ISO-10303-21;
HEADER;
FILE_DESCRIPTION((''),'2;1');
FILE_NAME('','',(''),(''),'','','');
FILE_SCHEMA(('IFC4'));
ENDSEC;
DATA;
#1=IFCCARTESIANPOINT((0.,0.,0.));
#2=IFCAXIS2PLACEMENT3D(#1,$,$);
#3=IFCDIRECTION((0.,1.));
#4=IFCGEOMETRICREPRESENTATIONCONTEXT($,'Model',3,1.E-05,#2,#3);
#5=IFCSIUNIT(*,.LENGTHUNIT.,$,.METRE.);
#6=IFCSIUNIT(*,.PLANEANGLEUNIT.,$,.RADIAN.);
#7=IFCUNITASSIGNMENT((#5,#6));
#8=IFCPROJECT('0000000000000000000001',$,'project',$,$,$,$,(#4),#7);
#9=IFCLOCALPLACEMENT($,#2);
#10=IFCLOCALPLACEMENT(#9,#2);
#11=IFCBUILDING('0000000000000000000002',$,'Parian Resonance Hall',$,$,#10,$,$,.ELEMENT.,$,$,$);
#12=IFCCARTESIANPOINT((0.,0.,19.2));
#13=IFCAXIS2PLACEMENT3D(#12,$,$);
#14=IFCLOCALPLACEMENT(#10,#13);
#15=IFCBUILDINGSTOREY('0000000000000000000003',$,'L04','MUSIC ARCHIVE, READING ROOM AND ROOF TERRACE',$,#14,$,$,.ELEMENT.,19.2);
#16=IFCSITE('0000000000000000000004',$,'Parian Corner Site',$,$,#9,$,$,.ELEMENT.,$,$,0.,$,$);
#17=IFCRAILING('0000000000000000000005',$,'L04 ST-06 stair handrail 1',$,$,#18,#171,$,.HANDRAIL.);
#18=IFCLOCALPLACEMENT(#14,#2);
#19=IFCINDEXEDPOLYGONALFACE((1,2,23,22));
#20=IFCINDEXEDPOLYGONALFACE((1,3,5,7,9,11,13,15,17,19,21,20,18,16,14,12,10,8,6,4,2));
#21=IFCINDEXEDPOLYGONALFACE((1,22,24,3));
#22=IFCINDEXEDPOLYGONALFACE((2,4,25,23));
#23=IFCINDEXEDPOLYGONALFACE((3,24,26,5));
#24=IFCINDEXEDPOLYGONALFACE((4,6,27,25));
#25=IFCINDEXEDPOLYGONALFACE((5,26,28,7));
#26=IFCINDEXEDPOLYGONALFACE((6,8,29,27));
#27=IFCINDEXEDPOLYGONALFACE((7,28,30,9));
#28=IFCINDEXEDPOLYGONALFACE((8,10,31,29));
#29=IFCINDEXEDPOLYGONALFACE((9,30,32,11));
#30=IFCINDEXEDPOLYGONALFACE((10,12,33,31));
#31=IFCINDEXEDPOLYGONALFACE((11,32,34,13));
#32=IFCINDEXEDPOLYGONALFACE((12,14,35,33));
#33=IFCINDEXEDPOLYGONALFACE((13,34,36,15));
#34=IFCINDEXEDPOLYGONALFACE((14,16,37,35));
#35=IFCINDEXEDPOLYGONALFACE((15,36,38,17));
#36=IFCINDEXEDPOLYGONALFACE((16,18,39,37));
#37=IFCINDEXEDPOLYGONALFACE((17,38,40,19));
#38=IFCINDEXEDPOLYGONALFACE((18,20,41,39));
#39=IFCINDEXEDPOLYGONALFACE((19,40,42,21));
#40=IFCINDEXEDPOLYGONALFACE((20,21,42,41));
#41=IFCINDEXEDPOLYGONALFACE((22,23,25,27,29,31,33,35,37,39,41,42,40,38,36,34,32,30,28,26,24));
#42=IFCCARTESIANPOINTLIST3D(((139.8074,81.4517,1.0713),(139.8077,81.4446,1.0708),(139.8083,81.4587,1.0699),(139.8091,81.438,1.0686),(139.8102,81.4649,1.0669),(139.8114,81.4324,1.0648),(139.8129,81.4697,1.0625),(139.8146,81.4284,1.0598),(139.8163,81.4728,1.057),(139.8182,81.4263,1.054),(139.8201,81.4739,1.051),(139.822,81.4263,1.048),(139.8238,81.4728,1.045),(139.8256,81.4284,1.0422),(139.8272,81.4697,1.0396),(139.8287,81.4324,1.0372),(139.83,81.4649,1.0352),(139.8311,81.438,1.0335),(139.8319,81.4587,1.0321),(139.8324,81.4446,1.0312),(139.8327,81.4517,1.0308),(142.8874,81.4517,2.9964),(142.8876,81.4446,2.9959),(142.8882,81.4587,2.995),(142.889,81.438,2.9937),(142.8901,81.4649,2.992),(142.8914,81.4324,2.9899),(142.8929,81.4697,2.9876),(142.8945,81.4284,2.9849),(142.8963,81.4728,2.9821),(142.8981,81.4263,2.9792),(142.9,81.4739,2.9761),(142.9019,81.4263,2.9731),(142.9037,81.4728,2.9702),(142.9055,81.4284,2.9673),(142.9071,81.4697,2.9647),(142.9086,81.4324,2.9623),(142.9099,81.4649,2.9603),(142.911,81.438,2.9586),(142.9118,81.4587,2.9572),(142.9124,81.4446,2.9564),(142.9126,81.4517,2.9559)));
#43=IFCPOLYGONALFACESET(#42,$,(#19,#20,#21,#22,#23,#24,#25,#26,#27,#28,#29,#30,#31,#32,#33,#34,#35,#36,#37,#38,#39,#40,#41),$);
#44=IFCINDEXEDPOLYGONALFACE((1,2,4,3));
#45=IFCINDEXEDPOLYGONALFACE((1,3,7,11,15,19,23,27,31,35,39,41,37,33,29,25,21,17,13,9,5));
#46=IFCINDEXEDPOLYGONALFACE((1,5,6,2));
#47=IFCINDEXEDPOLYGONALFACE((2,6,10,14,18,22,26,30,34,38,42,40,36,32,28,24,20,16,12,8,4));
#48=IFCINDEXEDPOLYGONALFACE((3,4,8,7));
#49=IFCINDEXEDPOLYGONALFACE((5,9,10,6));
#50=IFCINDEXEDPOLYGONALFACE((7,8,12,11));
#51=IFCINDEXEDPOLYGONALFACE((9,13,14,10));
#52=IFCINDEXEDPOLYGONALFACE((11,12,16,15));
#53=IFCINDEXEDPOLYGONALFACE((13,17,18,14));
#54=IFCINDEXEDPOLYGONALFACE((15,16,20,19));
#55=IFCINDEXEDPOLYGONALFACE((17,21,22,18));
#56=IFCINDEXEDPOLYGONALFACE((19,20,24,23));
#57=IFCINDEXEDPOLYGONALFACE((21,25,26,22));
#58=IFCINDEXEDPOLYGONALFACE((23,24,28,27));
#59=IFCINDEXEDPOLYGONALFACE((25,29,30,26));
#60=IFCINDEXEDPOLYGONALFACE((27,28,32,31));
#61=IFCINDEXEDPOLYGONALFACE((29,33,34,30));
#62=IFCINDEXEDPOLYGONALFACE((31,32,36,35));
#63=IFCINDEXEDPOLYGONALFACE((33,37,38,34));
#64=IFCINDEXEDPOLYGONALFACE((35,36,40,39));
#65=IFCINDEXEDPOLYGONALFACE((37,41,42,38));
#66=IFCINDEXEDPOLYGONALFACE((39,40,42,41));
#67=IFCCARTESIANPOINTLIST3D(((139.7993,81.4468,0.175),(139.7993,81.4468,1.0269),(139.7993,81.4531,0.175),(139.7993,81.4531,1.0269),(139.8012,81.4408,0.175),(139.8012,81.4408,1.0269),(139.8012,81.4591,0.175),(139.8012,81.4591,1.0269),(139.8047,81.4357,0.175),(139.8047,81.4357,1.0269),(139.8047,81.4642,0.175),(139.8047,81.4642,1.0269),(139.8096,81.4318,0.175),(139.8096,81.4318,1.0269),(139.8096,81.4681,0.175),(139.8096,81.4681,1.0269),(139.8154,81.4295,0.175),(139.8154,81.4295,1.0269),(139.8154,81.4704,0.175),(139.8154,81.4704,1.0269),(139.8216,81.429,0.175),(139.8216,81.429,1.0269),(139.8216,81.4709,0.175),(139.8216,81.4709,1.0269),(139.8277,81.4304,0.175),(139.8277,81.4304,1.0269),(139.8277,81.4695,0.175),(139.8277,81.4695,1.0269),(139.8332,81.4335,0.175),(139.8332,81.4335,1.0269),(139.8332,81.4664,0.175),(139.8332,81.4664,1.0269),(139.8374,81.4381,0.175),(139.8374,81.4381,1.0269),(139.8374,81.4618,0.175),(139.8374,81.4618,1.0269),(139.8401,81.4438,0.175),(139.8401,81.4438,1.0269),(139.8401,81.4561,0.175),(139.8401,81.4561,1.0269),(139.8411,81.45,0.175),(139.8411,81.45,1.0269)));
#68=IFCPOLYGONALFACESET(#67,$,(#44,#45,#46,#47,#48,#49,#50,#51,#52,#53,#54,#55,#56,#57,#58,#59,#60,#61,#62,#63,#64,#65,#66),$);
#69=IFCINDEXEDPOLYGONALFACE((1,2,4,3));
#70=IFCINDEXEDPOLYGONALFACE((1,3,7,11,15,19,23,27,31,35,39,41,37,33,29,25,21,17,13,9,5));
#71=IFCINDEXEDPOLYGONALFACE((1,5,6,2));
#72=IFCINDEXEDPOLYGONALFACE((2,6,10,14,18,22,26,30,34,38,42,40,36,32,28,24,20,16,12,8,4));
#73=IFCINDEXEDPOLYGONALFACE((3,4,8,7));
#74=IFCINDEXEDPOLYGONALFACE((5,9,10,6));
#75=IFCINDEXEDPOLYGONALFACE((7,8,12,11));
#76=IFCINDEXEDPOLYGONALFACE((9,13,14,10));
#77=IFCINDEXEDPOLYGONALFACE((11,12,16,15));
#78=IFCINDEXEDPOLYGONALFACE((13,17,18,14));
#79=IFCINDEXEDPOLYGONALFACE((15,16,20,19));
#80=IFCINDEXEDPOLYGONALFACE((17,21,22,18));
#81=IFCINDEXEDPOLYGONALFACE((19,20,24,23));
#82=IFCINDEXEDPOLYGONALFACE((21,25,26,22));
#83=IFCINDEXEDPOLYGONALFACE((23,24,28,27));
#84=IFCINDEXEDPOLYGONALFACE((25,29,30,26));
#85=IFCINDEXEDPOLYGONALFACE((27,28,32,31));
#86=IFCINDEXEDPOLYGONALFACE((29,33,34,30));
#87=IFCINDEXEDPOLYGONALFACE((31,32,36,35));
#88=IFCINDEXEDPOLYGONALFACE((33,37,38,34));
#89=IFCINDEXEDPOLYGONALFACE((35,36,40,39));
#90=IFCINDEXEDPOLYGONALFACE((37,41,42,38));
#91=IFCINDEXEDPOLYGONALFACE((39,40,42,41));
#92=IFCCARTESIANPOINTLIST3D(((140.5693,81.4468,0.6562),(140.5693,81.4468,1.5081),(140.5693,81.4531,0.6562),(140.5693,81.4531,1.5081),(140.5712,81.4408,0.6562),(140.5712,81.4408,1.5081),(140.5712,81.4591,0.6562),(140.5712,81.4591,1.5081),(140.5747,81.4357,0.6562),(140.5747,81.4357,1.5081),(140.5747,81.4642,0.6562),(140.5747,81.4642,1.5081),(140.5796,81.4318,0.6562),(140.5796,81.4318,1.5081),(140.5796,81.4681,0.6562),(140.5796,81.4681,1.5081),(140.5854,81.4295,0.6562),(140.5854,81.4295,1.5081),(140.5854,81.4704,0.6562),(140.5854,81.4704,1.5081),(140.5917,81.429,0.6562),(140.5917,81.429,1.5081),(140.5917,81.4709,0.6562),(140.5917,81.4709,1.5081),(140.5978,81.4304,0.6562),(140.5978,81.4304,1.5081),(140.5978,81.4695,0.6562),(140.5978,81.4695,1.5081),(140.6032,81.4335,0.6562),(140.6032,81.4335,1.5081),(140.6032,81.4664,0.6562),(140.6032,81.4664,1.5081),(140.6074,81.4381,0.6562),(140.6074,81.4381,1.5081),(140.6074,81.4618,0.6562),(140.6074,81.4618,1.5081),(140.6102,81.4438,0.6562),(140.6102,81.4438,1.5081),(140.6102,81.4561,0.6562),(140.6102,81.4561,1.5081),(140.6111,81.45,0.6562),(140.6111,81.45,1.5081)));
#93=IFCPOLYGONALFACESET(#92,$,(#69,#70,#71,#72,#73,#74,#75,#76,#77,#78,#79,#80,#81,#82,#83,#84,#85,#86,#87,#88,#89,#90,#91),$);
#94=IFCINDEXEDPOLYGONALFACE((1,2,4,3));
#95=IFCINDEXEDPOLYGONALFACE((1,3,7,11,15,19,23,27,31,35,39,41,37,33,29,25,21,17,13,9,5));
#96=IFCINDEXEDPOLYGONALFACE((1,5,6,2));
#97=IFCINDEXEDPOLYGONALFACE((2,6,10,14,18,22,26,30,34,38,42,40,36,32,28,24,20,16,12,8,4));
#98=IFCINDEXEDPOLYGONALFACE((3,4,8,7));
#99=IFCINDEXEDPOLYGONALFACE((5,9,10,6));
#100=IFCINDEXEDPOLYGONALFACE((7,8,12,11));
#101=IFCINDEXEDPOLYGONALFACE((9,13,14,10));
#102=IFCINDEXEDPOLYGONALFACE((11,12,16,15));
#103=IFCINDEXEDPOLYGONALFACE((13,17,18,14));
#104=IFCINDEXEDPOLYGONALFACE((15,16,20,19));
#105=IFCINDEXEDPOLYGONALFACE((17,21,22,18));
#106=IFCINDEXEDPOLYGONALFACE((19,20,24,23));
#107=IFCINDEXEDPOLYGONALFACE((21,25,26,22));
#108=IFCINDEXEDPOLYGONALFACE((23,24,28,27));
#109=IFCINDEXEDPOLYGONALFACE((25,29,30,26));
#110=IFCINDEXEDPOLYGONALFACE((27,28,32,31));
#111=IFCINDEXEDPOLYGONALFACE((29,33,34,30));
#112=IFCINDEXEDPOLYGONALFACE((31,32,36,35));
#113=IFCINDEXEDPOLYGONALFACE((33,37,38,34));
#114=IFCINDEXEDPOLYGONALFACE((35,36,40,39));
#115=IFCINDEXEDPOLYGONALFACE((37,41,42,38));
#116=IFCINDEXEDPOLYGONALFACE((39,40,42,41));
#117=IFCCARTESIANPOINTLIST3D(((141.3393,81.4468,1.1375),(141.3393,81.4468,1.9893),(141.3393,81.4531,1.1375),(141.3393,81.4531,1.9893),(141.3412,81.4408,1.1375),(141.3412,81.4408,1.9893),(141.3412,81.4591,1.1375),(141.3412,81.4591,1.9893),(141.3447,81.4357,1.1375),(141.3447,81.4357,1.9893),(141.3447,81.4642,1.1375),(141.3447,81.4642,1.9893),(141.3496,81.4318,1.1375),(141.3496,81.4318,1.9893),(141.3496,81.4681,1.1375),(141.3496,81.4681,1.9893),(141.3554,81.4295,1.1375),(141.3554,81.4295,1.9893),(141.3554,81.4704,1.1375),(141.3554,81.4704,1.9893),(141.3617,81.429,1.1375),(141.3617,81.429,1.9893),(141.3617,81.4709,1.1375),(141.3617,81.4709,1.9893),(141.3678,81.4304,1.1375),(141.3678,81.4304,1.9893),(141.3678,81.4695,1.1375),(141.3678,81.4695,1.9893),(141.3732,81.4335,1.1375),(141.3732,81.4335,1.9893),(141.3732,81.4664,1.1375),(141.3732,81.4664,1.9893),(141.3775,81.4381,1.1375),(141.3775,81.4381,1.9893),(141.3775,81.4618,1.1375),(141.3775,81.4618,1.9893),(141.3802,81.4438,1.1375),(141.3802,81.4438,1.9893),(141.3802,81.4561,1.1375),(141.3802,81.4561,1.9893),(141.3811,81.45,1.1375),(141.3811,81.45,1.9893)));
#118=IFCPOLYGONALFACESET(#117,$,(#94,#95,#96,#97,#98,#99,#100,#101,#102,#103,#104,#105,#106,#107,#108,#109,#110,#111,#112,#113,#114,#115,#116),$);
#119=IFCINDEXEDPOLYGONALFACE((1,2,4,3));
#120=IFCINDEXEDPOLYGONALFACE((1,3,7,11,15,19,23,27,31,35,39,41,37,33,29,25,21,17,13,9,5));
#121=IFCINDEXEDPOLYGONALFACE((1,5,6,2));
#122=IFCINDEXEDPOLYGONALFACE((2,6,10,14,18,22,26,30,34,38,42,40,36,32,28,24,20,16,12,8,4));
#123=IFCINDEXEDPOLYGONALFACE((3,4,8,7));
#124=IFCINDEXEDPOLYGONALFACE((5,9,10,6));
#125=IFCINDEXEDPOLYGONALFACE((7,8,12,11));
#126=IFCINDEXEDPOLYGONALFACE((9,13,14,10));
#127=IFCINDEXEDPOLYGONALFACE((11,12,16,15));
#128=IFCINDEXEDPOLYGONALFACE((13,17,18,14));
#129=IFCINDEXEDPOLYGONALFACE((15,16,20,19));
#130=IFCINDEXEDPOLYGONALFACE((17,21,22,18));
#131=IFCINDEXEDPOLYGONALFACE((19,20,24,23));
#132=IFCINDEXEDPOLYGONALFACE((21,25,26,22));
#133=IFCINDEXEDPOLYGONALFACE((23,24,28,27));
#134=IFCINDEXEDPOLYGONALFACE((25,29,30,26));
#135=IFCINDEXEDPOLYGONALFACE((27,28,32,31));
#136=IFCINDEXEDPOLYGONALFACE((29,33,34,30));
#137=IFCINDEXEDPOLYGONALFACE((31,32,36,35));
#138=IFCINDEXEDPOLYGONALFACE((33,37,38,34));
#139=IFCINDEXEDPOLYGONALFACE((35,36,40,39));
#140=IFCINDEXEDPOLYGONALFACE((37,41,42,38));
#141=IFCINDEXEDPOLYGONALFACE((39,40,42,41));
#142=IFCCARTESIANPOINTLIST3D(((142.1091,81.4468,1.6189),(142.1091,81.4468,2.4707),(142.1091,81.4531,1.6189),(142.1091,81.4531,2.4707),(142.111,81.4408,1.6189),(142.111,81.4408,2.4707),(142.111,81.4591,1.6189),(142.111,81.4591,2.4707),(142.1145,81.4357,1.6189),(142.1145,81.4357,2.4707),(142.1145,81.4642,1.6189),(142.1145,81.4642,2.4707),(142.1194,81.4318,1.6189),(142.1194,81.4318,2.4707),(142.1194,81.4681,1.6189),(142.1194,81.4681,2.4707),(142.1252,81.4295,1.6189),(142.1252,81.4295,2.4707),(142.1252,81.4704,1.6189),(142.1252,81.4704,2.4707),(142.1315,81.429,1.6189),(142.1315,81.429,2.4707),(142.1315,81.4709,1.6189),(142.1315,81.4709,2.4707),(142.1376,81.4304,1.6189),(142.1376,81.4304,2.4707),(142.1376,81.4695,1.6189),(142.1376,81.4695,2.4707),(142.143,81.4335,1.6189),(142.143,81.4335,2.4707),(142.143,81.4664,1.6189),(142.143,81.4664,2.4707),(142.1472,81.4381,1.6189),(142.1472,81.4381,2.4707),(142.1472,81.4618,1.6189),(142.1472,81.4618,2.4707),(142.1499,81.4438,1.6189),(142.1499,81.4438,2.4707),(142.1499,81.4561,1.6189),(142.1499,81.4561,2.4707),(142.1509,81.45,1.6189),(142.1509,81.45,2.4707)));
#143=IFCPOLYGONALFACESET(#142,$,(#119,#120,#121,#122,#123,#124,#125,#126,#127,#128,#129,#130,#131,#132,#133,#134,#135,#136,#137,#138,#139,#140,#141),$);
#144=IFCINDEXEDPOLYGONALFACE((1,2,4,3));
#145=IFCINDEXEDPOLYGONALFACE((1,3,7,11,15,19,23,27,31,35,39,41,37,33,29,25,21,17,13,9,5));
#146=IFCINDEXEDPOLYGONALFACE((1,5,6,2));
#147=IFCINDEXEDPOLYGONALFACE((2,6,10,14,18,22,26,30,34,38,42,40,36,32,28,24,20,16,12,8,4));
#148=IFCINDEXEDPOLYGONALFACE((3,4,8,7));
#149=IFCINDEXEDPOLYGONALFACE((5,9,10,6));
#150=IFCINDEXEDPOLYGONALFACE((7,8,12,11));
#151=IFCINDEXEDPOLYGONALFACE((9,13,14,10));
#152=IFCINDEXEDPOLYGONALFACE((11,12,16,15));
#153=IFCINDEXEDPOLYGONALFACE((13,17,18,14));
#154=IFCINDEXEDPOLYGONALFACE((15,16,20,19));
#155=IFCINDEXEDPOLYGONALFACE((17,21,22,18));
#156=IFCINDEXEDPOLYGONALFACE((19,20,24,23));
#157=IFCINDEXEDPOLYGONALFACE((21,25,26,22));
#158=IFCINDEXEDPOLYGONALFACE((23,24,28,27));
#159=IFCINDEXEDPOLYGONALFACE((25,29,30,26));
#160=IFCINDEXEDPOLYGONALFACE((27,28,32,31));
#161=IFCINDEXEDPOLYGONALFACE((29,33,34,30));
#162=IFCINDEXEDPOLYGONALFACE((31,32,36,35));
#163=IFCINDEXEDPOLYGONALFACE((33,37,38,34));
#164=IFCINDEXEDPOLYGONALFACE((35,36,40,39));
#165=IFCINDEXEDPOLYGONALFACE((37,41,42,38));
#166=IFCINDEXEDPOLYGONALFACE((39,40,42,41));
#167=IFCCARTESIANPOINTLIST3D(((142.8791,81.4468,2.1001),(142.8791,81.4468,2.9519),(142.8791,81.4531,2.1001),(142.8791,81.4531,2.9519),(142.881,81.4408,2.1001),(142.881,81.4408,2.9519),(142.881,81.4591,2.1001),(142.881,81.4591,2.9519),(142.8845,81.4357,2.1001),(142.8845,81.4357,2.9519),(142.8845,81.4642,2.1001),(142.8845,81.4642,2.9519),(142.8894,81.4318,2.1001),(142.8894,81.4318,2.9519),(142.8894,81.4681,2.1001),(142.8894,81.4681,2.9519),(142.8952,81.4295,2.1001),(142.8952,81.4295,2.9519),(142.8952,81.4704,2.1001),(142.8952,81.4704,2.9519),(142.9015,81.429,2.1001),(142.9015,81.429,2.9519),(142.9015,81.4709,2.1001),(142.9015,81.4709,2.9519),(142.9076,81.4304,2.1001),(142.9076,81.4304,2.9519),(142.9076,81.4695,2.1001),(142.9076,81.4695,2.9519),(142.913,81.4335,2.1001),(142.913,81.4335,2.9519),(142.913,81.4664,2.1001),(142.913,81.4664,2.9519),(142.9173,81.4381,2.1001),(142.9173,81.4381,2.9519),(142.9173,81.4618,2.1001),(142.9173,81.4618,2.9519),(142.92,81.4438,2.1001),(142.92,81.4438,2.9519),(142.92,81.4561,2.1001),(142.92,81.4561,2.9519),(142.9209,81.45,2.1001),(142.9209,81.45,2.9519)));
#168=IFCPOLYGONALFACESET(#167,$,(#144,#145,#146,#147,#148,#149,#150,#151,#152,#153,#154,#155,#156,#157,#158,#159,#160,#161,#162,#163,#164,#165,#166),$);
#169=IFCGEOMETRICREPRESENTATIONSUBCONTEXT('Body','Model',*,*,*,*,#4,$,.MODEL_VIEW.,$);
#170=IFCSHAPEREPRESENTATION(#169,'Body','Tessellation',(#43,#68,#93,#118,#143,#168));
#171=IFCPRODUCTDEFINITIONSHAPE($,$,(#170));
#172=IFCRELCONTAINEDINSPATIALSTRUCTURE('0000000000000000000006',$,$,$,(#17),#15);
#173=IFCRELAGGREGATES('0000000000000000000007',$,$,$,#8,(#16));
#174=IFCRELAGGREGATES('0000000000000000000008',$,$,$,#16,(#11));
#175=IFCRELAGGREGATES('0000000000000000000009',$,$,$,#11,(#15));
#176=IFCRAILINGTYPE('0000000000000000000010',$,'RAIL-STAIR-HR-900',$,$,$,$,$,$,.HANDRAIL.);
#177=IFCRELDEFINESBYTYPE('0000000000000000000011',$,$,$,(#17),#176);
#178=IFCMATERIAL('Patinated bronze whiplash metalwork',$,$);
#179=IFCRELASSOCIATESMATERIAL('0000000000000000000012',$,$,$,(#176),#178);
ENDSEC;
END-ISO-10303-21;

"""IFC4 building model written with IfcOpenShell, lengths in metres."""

from ifc_helpers import new_model, si_unit, direction, frame, origin, origin_2d, place, context, subcontext, project, spatial, circle, extrude, material, type_object, element, save


model = new_model("IFC4")

# Units and contexts
model_context = context("Model", 3, precision=1e-05, world=origin(), true_north=direction((0.0, 1.0)))
body_context = subcontext(model_context, "Body", "Model", "MODEL_VIEW")
ifc_project = project(units=[si_unit("LENGTHUNIT", "METRE"), si_unit("PLANEANGLEUNIT", "RADIAN")], contexts=[model_context])

# Site, building, storey
site_placement = place(None, origin())
site = spatial("IfcSite", under=ifc_project, at=site_placement, Name="Parian Corner Site", CompositionType="ELEMENT", RefElevation=0.0)
building_placement = place(site_placement, origin())
building = spatial("IfcBuilding", under=site, at=building_placement, Name="Parian Resonance Hall", CompositionType="ELEMENT")
storey_placement = place(building_placement, frame((0.0, 0.0, 19.2)))
storey = spatial("IfcBuildingStorey", under=building, at=storey_placement, Name="L04", Description="MUSIC ARCHIVE, READING ROOM AND ROOF TERRACE", CompositionType="ELEMENT", Elevation=19.2)

# Railing
ifc_material_1 = material(Name="Patinated bronze whiplash metalwork")
railing_type_1 = type_object("IfcRailingType", Name="RAIL-STAIR-HR-900", PredefinedType="HANDRAIL", material=ifc_material_1)
railing_1_placement = place(storey_placement, frame((139.8201, 81.45, 0.175)))
element("IfcRailing", 1, at=railing_1_placement, inside=storey, type_object=railing_type_1, Name="L04 ST-06 stair handrail 1", PredefinedType="HANDRAIL", context=body_context, shape_type="SweptSolid", body=[
    extrude(circle(Radius=0.0239, at=origin_2d()), frame((0.0, 0.0, 0.876), z_axis=(0.847979, 0.0, 0.530029), x_axis=(0.0, 1.0, 0.0)), (0.0, 0.0, 1.0), 3.6321),
    extrude(circle(Radius=0.021, at=origin_2d()), origin(), (0.0, 0.0, 1.0), 0.8518),
    extrude(circle(Radius=0.021, at=origin_2d()), frame((0.77, 0.0, 0.4812)), (0.0, 0.0, 1.0), 0.8518),
    extrude(circle(Radius=0.021, at=origin_2d()), frame((1.54, 0.0, 0.9624)), (0.0, 0.0, 1.0), 0.8518),
    extrude(circle(Radius=0.021, at=origin_2d()), frame((2.3098, 0.0, 1.4438)), (0.0, 0.0, 1.0), 0.8518),
    extrude(circle(Radius=0.021, at=origin_2d()), frame((3.0798, 0.0, 1.925)), (0.0, 0.0, 1.0), 0.8518),
])

save(model, "model.ifc")
